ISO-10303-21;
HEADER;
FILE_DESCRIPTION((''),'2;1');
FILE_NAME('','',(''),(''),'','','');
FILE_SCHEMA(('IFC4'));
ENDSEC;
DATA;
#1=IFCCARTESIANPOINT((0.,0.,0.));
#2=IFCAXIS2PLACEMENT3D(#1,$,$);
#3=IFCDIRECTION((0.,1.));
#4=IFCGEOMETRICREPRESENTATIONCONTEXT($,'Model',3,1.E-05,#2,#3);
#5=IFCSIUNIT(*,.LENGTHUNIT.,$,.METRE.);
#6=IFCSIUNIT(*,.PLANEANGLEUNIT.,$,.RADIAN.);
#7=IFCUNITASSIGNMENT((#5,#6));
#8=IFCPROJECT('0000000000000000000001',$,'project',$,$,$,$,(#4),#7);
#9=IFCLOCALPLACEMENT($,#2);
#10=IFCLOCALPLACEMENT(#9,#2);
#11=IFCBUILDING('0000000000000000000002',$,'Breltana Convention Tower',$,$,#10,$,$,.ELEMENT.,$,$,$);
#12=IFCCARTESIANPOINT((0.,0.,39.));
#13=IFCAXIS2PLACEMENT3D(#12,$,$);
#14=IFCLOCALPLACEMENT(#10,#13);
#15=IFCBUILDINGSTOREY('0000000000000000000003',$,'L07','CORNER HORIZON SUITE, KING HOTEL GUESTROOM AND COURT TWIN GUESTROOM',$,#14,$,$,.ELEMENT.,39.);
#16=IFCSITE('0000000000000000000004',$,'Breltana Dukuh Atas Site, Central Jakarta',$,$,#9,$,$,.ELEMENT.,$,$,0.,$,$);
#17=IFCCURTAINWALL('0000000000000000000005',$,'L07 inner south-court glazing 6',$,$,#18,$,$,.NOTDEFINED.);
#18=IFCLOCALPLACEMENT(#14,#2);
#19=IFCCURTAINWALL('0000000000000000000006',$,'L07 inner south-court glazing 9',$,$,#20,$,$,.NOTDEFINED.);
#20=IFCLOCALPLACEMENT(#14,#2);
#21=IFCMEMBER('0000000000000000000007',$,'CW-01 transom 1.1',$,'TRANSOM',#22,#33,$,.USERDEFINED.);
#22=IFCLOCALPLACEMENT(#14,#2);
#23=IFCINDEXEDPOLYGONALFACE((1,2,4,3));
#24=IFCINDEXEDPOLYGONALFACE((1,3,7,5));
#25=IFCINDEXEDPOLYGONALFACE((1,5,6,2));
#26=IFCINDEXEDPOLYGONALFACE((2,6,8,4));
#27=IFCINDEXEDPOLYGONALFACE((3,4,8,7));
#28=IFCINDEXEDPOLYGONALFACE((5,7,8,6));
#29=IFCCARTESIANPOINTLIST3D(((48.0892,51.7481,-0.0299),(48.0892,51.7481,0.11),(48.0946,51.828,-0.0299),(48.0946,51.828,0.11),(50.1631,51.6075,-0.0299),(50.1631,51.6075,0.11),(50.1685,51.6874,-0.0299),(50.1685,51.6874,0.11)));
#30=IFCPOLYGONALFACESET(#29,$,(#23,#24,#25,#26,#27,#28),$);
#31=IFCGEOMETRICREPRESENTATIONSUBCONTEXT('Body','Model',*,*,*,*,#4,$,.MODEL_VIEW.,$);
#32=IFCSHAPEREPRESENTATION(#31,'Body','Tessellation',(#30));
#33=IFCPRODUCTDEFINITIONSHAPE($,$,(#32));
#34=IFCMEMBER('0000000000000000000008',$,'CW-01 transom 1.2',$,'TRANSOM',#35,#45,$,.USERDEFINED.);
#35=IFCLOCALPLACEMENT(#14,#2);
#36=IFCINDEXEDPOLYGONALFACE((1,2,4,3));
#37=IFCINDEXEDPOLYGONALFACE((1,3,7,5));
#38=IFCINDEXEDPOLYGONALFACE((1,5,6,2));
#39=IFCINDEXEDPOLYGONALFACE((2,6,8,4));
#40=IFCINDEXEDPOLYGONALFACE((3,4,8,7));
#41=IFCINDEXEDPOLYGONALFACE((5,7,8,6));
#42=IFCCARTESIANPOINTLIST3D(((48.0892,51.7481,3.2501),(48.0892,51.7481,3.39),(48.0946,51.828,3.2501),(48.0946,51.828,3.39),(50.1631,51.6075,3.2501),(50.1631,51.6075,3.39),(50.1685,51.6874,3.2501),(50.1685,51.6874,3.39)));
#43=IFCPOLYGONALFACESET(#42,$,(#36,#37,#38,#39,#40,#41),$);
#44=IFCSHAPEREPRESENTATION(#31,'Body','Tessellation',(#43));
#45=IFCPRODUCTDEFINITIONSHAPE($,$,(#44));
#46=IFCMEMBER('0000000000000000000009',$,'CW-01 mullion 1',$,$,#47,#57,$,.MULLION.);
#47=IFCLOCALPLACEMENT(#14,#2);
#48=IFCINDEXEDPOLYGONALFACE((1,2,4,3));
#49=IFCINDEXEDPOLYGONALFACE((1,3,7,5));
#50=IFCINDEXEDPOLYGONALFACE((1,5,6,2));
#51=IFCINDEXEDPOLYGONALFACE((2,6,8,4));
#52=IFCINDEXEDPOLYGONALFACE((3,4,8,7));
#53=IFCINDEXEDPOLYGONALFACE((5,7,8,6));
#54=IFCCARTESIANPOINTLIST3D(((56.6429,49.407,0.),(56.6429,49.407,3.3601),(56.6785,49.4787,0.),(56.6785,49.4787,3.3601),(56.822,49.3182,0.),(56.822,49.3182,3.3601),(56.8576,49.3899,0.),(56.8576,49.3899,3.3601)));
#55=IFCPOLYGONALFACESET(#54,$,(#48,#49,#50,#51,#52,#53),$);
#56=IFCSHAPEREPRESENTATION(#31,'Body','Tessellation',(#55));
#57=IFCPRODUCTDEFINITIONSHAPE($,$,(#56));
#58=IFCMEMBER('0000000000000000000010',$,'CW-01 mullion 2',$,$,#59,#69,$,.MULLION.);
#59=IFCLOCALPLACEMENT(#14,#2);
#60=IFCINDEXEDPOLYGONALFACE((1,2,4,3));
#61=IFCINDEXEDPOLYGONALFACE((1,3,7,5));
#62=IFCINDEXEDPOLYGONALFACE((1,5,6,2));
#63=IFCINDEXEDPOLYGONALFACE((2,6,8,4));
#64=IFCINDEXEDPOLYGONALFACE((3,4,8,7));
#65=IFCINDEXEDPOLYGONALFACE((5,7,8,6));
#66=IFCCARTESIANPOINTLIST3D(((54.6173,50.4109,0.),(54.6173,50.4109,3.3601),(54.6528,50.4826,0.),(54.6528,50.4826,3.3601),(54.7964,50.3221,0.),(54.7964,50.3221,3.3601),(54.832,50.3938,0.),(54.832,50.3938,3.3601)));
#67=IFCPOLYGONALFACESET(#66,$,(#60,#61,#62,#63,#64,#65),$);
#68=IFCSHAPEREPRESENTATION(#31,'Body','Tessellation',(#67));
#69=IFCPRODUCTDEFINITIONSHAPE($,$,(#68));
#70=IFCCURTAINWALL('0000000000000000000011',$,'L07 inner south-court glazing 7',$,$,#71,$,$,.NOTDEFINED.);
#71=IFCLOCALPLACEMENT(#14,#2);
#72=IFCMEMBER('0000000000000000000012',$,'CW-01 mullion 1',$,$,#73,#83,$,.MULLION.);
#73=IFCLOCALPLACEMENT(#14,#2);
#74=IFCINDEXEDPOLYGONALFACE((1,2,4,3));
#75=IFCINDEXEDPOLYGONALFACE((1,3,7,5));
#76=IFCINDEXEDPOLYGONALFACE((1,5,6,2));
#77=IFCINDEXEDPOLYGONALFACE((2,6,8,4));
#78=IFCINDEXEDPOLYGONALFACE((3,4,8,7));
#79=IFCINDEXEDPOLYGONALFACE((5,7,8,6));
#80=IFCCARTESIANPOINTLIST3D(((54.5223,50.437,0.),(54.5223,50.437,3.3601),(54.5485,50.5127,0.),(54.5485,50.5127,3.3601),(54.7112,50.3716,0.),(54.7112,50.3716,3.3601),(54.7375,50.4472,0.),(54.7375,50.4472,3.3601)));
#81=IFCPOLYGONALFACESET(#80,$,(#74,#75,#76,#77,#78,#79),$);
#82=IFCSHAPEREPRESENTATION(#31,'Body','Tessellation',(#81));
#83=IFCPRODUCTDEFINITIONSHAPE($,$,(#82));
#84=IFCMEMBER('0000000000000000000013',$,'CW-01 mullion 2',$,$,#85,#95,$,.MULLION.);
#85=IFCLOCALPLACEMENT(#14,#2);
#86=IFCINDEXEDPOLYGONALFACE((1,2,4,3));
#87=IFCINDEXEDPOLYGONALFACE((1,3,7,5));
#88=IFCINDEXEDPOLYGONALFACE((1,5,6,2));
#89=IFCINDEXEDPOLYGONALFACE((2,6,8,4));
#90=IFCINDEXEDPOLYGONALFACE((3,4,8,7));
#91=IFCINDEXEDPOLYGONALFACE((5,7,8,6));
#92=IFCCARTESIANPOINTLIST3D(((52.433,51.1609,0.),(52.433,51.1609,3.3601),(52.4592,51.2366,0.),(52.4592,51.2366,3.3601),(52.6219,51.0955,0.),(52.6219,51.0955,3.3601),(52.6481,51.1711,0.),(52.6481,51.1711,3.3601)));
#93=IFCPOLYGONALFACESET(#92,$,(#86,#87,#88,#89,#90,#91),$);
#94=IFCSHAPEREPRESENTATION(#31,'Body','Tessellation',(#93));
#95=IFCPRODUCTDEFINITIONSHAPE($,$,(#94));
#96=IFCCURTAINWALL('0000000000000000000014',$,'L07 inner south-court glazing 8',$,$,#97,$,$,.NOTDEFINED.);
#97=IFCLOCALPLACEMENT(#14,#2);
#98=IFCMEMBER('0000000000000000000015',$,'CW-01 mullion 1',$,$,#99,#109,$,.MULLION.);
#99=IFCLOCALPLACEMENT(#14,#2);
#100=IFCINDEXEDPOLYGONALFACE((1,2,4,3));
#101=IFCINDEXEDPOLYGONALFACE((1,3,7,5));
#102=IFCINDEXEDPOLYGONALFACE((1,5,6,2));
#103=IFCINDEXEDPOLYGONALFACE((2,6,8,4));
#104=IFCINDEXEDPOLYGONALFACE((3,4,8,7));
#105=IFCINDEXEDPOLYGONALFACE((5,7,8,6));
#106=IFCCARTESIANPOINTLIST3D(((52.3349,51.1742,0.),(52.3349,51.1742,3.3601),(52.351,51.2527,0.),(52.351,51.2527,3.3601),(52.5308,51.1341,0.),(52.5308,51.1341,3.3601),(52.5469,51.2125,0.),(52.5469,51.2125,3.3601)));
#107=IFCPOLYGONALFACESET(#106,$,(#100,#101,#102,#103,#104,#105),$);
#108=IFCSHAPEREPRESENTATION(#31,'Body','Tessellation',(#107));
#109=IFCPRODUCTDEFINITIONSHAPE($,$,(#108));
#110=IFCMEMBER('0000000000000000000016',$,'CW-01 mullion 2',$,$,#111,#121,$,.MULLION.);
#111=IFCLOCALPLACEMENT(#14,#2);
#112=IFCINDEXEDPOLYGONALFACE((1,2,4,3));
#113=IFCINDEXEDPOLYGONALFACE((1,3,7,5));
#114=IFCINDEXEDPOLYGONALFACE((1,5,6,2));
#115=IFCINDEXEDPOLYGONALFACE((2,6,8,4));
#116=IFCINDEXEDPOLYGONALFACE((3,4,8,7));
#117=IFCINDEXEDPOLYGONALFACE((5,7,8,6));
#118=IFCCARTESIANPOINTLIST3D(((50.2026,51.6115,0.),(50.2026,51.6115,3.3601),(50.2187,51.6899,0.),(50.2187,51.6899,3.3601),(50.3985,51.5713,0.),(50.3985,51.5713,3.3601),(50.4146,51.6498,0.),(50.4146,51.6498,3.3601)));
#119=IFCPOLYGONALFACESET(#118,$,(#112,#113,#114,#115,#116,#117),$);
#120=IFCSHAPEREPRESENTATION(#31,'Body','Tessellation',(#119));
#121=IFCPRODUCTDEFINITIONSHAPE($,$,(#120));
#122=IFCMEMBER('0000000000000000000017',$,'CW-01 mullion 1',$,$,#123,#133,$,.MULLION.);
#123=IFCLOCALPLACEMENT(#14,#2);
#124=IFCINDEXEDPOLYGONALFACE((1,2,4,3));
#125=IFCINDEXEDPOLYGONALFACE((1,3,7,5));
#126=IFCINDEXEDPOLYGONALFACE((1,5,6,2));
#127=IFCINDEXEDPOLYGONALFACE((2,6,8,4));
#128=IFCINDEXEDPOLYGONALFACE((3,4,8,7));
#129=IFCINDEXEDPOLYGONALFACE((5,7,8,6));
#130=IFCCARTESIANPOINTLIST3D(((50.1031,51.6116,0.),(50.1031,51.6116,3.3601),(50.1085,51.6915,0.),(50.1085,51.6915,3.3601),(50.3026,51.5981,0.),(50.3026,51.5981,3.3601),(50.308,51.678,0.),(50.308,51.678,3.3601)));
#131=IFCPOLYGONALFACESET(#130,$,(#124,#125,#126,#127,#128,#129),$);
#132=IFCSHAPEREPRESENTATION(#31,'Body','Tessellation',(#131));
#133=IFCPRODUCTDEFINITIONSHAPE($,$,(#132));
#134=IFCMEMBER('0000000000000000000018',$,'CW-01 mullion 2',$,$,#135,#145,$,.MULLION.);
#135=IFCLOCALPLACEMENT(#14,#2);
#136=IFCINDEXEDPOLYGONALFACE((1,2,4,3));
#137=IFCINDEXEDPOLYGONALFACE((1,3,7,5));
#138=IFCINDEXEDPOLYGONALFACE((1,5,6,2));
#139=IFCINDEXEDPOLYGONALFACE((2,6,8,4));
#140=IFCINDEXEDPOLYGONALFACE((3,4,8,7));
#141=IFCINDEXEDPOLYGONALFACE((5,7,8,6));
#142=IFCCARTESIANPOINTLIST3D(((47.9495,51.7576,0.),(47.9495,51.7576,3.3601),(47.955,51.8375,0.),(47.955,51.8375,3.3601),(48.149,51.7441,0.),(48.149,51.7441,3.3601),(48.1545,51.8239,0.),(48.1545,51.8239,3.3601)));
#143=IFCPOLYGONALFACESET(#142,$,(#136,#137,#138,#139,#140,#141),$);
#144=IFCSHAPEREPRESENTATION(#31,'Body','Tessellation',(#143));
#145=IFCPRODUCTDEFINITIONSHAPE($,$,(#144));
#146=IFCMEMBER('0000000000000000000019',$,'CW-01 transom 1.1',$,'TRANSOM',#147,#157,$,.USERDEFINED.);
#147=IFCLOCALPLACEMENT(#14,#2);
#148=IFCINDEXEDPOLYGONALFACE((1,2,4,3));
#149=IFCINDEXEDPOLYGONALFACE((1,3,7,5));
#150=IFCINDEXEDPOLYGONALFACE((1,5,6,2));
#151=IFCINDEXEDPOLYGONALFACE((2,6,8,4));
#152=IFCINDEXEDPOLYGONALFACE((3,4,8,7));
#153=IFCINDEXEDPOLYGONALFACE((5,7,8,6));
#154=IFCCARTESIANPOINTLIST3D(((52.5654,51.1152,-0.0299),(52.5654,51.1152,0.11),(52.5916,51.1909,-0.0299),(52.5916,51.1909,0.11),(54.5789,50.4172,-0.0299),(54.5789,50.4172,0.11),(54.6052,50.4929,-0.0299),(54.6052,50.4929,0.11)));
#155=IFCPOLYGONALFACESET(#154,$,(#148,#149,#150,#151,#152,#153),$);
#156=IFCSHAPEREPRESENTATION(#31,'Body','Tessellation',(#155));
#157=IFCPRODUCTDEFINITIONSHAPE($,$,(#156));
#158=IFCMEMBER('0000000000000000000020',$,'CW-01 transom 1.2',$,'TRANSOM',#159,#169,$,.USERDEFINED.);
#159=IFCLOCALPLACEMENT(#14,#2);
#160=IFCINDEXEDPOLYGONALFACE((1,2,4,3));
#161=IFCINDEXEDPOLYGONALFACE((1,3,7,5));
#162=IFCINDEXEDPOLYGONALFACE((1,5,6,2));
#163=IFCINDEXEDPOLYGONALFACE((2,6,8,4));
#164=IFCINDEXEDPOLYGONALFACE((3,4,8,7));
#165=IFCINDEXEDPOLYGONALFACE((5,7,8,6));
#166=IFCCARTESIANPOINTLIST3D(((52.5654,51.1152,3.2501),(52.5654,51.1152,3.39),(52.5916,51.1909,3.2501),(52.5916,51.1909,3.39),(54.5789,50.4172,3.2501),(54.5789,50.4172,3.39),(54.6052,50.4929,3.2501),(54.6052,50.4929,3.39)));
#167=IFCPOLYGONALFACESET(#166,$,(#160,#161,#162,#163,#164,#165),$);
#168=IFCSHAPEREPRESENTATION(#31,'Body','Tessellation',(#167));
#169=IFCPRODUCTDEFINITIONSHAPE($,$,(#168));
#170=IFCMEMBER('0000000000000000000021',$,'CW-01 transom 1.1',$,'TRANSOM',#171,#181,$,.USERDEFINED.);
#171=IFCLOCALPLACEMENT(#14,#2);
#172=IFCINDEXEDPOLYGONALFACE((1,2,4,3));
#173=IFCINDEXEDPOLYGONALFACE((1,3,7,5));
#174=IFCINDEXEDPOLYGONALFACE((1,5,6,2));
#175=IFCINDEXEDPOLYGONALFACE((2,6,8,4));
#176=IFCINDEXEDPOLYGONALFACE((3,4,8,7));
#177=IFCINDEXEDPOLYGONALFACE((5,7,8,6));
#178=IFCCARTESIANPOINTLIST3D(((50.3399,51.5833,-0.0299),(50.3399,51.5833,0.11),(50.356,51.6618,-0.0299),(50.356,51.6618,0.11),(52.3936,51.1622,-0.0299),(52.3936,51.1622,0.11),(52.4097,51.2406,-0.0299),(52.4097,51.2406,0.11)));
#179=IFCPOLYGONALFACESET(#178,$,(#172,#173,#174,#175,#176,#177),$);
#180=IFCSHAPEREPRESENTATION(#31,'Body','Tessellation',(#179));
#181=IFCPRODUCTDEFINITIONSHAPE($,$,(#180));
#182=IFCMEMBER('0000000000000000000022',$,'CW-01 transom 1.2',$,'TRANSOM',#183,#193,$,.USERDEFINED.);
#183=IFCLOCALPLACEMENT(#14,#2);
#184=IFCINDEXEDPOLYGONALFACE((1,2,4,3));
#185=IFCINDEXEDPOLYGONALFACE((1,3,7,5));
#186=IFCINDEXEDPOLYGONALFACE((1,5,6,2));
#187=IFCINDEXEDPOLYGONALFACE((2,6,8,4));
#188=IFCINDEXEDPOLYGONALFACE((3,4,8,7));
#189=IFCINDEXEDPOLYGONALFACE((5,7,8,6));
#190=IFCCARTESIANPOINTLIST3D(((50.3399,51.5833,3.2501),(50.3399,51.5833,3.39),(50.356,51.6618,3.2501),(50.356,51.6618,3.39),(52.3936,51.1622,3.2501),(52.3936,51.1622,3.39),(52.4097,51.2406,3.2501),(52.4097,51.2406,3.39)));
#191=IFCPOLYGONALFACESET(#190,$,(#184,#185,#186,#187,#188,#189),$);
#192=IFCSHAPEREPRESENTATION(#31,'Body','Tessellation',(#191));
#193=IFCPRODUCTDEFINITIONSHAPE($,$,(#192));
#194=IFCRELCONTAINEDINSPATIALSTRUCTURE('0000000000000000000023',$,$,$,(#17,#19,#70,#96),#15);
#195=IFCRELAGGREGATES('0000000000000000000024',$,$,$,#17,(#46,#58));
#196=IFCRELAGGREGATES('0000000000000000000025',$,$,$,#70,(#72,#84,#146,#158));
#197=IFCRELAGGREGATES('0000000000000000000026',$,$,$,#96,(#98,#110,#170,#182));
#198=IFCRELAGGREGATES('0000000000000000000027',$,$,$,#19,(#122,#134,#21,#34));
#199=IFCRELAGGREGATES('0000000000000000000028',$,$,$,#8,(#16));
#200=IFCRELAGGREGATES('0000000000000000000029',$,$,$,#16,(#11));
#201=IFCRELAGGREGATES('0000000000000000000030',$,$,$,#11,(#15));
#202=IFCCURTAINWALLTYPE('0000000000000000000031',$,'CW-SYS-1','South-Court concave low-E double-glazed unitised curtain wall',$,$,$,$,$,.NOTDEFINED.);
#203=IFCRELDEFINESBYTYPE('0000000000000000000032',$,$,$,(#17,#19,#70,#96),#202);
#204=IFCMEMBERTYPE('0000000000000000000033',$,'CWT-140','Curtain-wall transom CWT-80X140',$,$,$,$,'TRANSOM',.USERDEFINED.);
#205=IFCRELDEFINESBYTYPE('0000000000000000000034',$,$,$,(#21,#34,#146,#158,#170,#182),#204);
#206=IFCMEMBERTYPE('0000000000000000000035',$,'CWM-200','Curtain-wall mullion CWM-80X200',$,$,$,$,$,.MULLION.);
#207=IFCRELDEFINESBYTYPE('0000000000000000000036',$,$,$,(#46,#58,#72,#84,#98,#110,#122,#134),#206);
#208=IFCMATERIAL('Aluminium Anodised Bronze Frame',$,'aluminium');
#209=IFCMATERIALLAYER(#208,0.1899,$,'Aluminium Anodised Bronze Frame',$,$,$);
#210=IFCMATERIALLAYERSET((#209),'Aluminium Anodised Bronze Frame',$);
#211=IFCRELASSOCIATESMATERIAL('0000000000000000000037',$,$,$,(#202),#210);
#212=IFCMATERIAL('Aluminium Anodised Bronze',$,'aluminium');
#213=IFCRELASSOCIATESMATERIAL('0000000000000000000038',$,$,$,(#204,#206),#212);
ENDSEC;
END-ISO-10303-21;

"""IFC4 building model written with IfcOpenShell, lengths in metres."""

from ifc_helpers import new_model, si_unit, direction, frame, origin, origin_2d, place, context, subcontext, project, spatial, rectangle, extrude, source, transform, mapped, material, layer, layer_set, material_profile, profile_set, type_object, element, aggregate, save


model = new_model("IFC4")

# Units and contexts
model_context = context("Model", 3, precision=1e-05, world=origin(), true_north=direction((0.0, 1.0)))
body_context = subcontext(model_context, "Body", "Model", "MODEL_VIEW")
ifc_project = project(units=[si_unit("LENGTHUNIT", "METRE"), si_unit("PLANEANGLEUNIT", "RADIAN")], contexts=[model_context])

# Site, building, storey
site_placement = place(None, origin())
site = spatial("IfcSite", under=ifc_project, at=site_placement, Name="Breltana Dukuh Atas Site, Central Jakarta", CompositionType="ELEMENT", RefElevation=0.0)
building_placement = place(site_placement, origin())
building = spatial("IfcBuilding", under=site, at=building_placement, Name="Breltana Convention Tower", CompositionType="ELEMENT")
storey_placement = place(building_placement, frame((0.0, 0.0, 39.0)))
storey = spatial("IfcBuildingStorey", under=building, at=storey_placement, Name="L07", Description="CORNER HORIZON SUITE, KING HOTEL GUESTROOM AND COURT TWIN GUESTROOM", CompositionType="ELEMENT", Elevation=39.0)

# Curtain walls, members
ifc_material_1 = material(Name="Aluminium Anodised Bronze Frame", Category="aluminium")
ifc_layer_1 = layer(ifc_material_1, 0.1899, Name="Aluminium Anodised Bronze Frame")
ifc_layer_set_1 = layer_set([ifc_layer_1], Name="Aluminium Anodised Bronze Frame")
curtain_wall_type = type_object("IfcCurtainWallType", Name="CW-SYS-1", Description="South-Court concave low-E double-glazed unitised curtain wall", PredefinedType="NOTDEFINED", material=ifc_layer_set_1)
curtain_wall_1_placement = place(storey_placement, origin())
curtain_wall_1 = element("IfcCurtainWall", 1, at=curtain_wall_1_placement, inside=storey, type_object=curtain_wall_type, Name="L07 inner south-court glazing 6", PredefinedType="NOTDEFINED")
ifc_material_2 = material(Name="Aluminium Anodised Bronze", Category="aluminium")
ifc_material_profile_1 = material_profile(ifc_material_2, rectangle(XDim=0.0801, YDim=0.1399, at=origin_2d()), Name="CWT-80X140")
ifc_profile_set_1 = profile_set([ifc_material_profile_1], Name="Aluminium Anodised Bronze")
member_type_1 = type_object("IfcMemberType", Name="CWT-140", Description="Curtain-wall transom CWT-80X140", ElementType="TRANSOM", PredefinedType="USERDEFINED", material=ifc_profile_set_1)
curtain_wall_2_placement = place(storey_placement, origin())
curtain_wall_2 = element("IfcCurtainWall", 2, at=curtain_wall_2_placement, inside=storey, type_object=curtain_wall_type, Name="L07 inner south-court glazing 9", PredefinedType="NOTDEFINED")
shared_shape_1 = source(origin(), body_context, "Body", "SweptSolid", [
    extrude(rectangle(XDim=0.0801, YDim=0.1399, at=origin_2d()), origin(), (0.0, 0.0, 1.0), 2.0786),
])
member_1_placement = place(storey_placement, frame((50.1658, 51.6475, 0.04), z_axis=(-0.997709, 0.067657, 0.0), x_axis=(-0.067657, -0.997709, 0.0)))
member_1 = element("IfcMember", 3, at=member_1_placement, type_object=member_type_1, Name="CW-01 transom 1.1", ObjectType="TRANSOM", PredefinedType="USERDEFINED", context=body_context, shape_type="MappedRepresentation", body=[
    mapped(shared_shape_1, transform((0.0, 0.0, 0.0), scale=1.0)),
])
member_2_placement = place(storey_placement, frame((50.1658, 51.6475, 3.3201), z_axis=(-0.997709, 0.067657, 0.0), x_axis=(-0.067657, -0.997709, 0.0)))
member_2 = element("IfcMember", 4, at=member_2_placement, type_object=member_type_1, Name="CW-01 transom 1.2", ObjectType="TRANSOM", PredefinedType="USERDEFINED", context=body_context, shape_type="MappedRepresentation", body=[
    mapped(shared_shape_1, transform((0.0, 0.0, 0.0), scale=1.0)),
])

# Members
ifc_material_profile_2 = material_profile(ifc_material_2, rectangle(XDim=0.0801, YDim=0.2, at=origin_2d()), Name="CWM-80X200")
ifc_profile_set_2 = profile_set([ifc_material_profile_2], Name="Aluminium Anodised Bronze")
member_type_2 = type_object("IfcMemberType", Name="CWM-200", Description="Curtain-wall mullion CWM-80X200", PredefinedType="MULLION", material=ifc_profile_set_2)
shared_shape_2 = source(origin(), body_context, "Body", "SweptSolid", [
    extrude(rectangle(XDim=0.0801, YDim=0.2, at=origin_2d()), origin(), (0.0, 0.0, 1.0), 3.3601),
])
member_3_placement = place(storey_placement, frame((56.7502, 49.3984, 0.0), z_axis=(0.0, 0.0, 1.0), x_axis=(-0.444118, -0.895968, 0.0)))
member_3 = element("IfcMember", 5, at=member_3_placement, type_object=member_type_2, Name="CW-01 mullion 1", PredefinedType="MULLION", context=body_context, shape_type="MappedRepresentation", body=[
    mapped(shared_shape_2, transform((0.0, 0.0, 0.0), scale=1.0)),
])
member_4_placement = place(storey_placement, frame((54.7246, 50.4023, 0.0), z_axis=(0.0, 0.0, 1.0), x_axis=(-0.444118, -0.895968, 0.0)))
member_4 = element("IfcMember", 6, at=member_4_placement, type_object=member_type_2, Name="CW-01 mullion 2", PredefinedType="MULLION", context=body_context, shape_type="MappedRepresentation", body=[
    mapped(shared_shape_2, transform((0.0, 0.0, 0.0), scale=1.0)),
])

# Curtain walls, members
curtain_wall_3_placement = place(storey_placement, origin())
curtain_wall_3 = element("IfcCurtainWall", 7, at=curtain_wall_3_placement, inside=storey, type_object=curtain_wall_type, Name="L07 inner south-court glazing 7", PredefinedType="NOTDEFINED")
member_5_placement = place(storey_placement, frame((54.6299, 50.4421, 0.0), z_axis=(0.0, 0.0, 1.0), x_axis=(-0.327413, -0.944881, 0.0)))
member_5 = element("IfcMember", 8, at=member_5_placement, type_object=member_type_2, Name="CW-01 mullion 1", PredefinedType="MULLION", context=body_context, shape_type="MappedRepresentation", body=[
    mapped(shared_shape_2, transform((0.0, 0.0, 0.0), scale=1.0)),
])
member_6_placement = place(storey_placement, frame((52.5405, 51.166, 0.0), z_axis=(0.0, 0.0, 1.0), x_axis=(-0.327413, -0.944881, 0.0)))
member_6 = element("IfcMember", 9, at=member_6_placement, type_object=member_type_2, Name="CW-01 mullion 2", PredefinedType="MULLION", context=body_context, shape_type="MappedRepresentation", body=[
    mapped(shared_shape_2, transform((0.0, 0.0, 0.0), scale=1.0)),
])
curtain_wall_4_placement = place(storey_placement, origin())
curtain_wall_4 = element("IfcCurtainWall", 10, at=curtain_wall_4_placement, inside=storey, type_object=curtain_wall_type, Name="L07 inner south-court glazing 8", PredefinedType="NOTDEFINED")
member_7_placement = place(storey_placement, frame((52.4409, 51.1934, 0.0), z_axis=(0.0, 0.0, 1.0), x_axis=(-0.200886, -0.979615, 0.0)))
member_7 = element("IfcMember", 11, at=member_7_placement, type_object=member_type_2, Name="CW-01 mullion 1", PredefinedType="MULLION", context=body_context, shape_type="MappedRepresentation", body=[
    mapped(shared_shape_2, transform((0.0, 0.0, 0.0), scale=1.0)),
])
member_8_placement = place(storey_placement, frame((50.3086, 51.6306, 0.0), z_axis=(0.0, 0.0, 1.0), x_axis=(-0.200886, -0.979615, 0.0)))
member_8 = element("IfcMember", 12, at=member_8_placement, type_object=member_type_2, Name="CW-01 mullion 2", PredefinedType="MULLION", context=body_context, shape_type="MappedRepresentation", body=[
    mapped(shared_shape_2, transform((0.0, 0.0, 0.0), scale=1.0)),
])

# Members
member_9_placement = place(storey_placement, frame((50.2056, 51.6448, 0.0), z_axis=(0.0, 0.0, 1.0), x_axis=(-0.067726, -0.997704, 0.0)))
member_9 = element("IfcMember", 13, at=member_9_placement, type_object=member_type_2, Name="CW-01 mullion 1", PredefinedType="MULLION", context=body_context, shape_type="MappedRepresentation", body=[
    mapped(shared_shape_2, transform((0.0, 0.0, 0.0), scale=1.0)),
])
member_10_placement = place(storey_placement, frame((48.052, 51.7908, 0.0), z_axis=(0.0, 0.0, 1.0), x_axis=(-0.067726, -0.997704, 0.0)))
member_10 = element("IfcMember", 14, at=member_10_placement, type_object=member_type_2, Name="CW-01 mullion 2", PredefinedType="MULLION", context=body_context, shape_type="MappedRepresentation", body=[
    mapped(shared_shape_2, transform((0.0, 0.0, 0.0), scale=1.0)),
])
shared_shape_3 = source(origin(), body_context, "Body", "SweptSolid", [
    extrude(rectangle(XDim=0.0801, YDim=0.1399, at=origin_2d()), origin(), (0.0, 0.0, 1.0), 2.1311),
])
member_11_placement = place(storey_placement, frame((54.592, 50.4551, 0.04), z_axis=(-0.944847, 0.327512, 0.0), x_axis=(-0.327512, -0.944847, 0.0)))
member_11 = element("IfcMember", 15, at=member_11_placement, type_object=member_type_1, Name="CW-01 transom 1.1", ObjectType="TRANSOM", PredefinedType="USERDEFINED", context=body_context, shape_type="MappedRepresentation", body=[
    mapped(shared_shape_3, transform((0.0, 0.0, 0.0), scale=1.0)),
])
member_12_placement = place(storey_placement, frame((54.592, 50.4551, 3.3201), z_axis=(-0.944847, 0.327512, 0.0), x_axis=(-0.327512, -0.944847, 0.0)))
member_12 = element("IfcMember", 16, at=member_12_placement, type_object=member_type_1, Name="CW-01 transom 1.2", ObjectType="TRANSOM", PredefinedType="USERDEFINED", context=body_context, shape_type="MappedRepresentation", body=[
    mapped(shared_shape_3, transform((0.0, 0.0, 0.0), scale=1.0)),
])
shared_shape_4 = source(origin(), body_context, "Body", "SweptSolid", [
    extrude(rectangle(XDim=0.0801, YDim=0.1399, at=origin_2d()), origin(), (0.0, 0.0, 1.0), 2.0964),
])
member_13_placement = place(storey_placement, frame((52.4016, 51.2014, 0.04), z_axis=(-0.979615, 0.200884, 0.0), x_axis=(-0.200884, -0.979615, 0.0)))
member_13 = element("IfcMember", 17, at=member_13_placement, type_object=member_type_1, Name="CW-01 transom 1.1", ObjectType="TRANSOM", PredefinedType="USERDEFINED", context=body_context, shape_type="MappedRepresentation", body=[
    mapped(shared_shape_4, transform((0.0, 0.0, 0.0), scale=1.0)),
])
member_14_placement = place(storey_placement, frame((52.4016, 51.2014, 3.3201), z_axis=(-0.979615, 0.200884, 0.0), x_axis=(-0.200884, -0.979615, 0.0)))
member_14 = element("IfcMember", 18, at=member_14_placement, type_object=member_type_1, Name="CW-01 transom 1.2", ObjectType="TRANSOM", PredefinedType="USERDEFINED", context=body_context, shape_type="MappedRepresentation", body=[
    mapped(shared_shape_4, transform((0.0, 0.0, 0.0), scale=1.0)),
])

aggregate(curtain_wall_1, [member_3, member_4])
aggregate(curtain_wall_3, [member_5, member_6, member_11, member_12])
aggregate(curtain_wall_4, [member_7, member_8, member_13, member_14])
aggregate(curtain_wall_2, [member_9, member_10, member_1, member_2])

save(model, "model.ifc")
